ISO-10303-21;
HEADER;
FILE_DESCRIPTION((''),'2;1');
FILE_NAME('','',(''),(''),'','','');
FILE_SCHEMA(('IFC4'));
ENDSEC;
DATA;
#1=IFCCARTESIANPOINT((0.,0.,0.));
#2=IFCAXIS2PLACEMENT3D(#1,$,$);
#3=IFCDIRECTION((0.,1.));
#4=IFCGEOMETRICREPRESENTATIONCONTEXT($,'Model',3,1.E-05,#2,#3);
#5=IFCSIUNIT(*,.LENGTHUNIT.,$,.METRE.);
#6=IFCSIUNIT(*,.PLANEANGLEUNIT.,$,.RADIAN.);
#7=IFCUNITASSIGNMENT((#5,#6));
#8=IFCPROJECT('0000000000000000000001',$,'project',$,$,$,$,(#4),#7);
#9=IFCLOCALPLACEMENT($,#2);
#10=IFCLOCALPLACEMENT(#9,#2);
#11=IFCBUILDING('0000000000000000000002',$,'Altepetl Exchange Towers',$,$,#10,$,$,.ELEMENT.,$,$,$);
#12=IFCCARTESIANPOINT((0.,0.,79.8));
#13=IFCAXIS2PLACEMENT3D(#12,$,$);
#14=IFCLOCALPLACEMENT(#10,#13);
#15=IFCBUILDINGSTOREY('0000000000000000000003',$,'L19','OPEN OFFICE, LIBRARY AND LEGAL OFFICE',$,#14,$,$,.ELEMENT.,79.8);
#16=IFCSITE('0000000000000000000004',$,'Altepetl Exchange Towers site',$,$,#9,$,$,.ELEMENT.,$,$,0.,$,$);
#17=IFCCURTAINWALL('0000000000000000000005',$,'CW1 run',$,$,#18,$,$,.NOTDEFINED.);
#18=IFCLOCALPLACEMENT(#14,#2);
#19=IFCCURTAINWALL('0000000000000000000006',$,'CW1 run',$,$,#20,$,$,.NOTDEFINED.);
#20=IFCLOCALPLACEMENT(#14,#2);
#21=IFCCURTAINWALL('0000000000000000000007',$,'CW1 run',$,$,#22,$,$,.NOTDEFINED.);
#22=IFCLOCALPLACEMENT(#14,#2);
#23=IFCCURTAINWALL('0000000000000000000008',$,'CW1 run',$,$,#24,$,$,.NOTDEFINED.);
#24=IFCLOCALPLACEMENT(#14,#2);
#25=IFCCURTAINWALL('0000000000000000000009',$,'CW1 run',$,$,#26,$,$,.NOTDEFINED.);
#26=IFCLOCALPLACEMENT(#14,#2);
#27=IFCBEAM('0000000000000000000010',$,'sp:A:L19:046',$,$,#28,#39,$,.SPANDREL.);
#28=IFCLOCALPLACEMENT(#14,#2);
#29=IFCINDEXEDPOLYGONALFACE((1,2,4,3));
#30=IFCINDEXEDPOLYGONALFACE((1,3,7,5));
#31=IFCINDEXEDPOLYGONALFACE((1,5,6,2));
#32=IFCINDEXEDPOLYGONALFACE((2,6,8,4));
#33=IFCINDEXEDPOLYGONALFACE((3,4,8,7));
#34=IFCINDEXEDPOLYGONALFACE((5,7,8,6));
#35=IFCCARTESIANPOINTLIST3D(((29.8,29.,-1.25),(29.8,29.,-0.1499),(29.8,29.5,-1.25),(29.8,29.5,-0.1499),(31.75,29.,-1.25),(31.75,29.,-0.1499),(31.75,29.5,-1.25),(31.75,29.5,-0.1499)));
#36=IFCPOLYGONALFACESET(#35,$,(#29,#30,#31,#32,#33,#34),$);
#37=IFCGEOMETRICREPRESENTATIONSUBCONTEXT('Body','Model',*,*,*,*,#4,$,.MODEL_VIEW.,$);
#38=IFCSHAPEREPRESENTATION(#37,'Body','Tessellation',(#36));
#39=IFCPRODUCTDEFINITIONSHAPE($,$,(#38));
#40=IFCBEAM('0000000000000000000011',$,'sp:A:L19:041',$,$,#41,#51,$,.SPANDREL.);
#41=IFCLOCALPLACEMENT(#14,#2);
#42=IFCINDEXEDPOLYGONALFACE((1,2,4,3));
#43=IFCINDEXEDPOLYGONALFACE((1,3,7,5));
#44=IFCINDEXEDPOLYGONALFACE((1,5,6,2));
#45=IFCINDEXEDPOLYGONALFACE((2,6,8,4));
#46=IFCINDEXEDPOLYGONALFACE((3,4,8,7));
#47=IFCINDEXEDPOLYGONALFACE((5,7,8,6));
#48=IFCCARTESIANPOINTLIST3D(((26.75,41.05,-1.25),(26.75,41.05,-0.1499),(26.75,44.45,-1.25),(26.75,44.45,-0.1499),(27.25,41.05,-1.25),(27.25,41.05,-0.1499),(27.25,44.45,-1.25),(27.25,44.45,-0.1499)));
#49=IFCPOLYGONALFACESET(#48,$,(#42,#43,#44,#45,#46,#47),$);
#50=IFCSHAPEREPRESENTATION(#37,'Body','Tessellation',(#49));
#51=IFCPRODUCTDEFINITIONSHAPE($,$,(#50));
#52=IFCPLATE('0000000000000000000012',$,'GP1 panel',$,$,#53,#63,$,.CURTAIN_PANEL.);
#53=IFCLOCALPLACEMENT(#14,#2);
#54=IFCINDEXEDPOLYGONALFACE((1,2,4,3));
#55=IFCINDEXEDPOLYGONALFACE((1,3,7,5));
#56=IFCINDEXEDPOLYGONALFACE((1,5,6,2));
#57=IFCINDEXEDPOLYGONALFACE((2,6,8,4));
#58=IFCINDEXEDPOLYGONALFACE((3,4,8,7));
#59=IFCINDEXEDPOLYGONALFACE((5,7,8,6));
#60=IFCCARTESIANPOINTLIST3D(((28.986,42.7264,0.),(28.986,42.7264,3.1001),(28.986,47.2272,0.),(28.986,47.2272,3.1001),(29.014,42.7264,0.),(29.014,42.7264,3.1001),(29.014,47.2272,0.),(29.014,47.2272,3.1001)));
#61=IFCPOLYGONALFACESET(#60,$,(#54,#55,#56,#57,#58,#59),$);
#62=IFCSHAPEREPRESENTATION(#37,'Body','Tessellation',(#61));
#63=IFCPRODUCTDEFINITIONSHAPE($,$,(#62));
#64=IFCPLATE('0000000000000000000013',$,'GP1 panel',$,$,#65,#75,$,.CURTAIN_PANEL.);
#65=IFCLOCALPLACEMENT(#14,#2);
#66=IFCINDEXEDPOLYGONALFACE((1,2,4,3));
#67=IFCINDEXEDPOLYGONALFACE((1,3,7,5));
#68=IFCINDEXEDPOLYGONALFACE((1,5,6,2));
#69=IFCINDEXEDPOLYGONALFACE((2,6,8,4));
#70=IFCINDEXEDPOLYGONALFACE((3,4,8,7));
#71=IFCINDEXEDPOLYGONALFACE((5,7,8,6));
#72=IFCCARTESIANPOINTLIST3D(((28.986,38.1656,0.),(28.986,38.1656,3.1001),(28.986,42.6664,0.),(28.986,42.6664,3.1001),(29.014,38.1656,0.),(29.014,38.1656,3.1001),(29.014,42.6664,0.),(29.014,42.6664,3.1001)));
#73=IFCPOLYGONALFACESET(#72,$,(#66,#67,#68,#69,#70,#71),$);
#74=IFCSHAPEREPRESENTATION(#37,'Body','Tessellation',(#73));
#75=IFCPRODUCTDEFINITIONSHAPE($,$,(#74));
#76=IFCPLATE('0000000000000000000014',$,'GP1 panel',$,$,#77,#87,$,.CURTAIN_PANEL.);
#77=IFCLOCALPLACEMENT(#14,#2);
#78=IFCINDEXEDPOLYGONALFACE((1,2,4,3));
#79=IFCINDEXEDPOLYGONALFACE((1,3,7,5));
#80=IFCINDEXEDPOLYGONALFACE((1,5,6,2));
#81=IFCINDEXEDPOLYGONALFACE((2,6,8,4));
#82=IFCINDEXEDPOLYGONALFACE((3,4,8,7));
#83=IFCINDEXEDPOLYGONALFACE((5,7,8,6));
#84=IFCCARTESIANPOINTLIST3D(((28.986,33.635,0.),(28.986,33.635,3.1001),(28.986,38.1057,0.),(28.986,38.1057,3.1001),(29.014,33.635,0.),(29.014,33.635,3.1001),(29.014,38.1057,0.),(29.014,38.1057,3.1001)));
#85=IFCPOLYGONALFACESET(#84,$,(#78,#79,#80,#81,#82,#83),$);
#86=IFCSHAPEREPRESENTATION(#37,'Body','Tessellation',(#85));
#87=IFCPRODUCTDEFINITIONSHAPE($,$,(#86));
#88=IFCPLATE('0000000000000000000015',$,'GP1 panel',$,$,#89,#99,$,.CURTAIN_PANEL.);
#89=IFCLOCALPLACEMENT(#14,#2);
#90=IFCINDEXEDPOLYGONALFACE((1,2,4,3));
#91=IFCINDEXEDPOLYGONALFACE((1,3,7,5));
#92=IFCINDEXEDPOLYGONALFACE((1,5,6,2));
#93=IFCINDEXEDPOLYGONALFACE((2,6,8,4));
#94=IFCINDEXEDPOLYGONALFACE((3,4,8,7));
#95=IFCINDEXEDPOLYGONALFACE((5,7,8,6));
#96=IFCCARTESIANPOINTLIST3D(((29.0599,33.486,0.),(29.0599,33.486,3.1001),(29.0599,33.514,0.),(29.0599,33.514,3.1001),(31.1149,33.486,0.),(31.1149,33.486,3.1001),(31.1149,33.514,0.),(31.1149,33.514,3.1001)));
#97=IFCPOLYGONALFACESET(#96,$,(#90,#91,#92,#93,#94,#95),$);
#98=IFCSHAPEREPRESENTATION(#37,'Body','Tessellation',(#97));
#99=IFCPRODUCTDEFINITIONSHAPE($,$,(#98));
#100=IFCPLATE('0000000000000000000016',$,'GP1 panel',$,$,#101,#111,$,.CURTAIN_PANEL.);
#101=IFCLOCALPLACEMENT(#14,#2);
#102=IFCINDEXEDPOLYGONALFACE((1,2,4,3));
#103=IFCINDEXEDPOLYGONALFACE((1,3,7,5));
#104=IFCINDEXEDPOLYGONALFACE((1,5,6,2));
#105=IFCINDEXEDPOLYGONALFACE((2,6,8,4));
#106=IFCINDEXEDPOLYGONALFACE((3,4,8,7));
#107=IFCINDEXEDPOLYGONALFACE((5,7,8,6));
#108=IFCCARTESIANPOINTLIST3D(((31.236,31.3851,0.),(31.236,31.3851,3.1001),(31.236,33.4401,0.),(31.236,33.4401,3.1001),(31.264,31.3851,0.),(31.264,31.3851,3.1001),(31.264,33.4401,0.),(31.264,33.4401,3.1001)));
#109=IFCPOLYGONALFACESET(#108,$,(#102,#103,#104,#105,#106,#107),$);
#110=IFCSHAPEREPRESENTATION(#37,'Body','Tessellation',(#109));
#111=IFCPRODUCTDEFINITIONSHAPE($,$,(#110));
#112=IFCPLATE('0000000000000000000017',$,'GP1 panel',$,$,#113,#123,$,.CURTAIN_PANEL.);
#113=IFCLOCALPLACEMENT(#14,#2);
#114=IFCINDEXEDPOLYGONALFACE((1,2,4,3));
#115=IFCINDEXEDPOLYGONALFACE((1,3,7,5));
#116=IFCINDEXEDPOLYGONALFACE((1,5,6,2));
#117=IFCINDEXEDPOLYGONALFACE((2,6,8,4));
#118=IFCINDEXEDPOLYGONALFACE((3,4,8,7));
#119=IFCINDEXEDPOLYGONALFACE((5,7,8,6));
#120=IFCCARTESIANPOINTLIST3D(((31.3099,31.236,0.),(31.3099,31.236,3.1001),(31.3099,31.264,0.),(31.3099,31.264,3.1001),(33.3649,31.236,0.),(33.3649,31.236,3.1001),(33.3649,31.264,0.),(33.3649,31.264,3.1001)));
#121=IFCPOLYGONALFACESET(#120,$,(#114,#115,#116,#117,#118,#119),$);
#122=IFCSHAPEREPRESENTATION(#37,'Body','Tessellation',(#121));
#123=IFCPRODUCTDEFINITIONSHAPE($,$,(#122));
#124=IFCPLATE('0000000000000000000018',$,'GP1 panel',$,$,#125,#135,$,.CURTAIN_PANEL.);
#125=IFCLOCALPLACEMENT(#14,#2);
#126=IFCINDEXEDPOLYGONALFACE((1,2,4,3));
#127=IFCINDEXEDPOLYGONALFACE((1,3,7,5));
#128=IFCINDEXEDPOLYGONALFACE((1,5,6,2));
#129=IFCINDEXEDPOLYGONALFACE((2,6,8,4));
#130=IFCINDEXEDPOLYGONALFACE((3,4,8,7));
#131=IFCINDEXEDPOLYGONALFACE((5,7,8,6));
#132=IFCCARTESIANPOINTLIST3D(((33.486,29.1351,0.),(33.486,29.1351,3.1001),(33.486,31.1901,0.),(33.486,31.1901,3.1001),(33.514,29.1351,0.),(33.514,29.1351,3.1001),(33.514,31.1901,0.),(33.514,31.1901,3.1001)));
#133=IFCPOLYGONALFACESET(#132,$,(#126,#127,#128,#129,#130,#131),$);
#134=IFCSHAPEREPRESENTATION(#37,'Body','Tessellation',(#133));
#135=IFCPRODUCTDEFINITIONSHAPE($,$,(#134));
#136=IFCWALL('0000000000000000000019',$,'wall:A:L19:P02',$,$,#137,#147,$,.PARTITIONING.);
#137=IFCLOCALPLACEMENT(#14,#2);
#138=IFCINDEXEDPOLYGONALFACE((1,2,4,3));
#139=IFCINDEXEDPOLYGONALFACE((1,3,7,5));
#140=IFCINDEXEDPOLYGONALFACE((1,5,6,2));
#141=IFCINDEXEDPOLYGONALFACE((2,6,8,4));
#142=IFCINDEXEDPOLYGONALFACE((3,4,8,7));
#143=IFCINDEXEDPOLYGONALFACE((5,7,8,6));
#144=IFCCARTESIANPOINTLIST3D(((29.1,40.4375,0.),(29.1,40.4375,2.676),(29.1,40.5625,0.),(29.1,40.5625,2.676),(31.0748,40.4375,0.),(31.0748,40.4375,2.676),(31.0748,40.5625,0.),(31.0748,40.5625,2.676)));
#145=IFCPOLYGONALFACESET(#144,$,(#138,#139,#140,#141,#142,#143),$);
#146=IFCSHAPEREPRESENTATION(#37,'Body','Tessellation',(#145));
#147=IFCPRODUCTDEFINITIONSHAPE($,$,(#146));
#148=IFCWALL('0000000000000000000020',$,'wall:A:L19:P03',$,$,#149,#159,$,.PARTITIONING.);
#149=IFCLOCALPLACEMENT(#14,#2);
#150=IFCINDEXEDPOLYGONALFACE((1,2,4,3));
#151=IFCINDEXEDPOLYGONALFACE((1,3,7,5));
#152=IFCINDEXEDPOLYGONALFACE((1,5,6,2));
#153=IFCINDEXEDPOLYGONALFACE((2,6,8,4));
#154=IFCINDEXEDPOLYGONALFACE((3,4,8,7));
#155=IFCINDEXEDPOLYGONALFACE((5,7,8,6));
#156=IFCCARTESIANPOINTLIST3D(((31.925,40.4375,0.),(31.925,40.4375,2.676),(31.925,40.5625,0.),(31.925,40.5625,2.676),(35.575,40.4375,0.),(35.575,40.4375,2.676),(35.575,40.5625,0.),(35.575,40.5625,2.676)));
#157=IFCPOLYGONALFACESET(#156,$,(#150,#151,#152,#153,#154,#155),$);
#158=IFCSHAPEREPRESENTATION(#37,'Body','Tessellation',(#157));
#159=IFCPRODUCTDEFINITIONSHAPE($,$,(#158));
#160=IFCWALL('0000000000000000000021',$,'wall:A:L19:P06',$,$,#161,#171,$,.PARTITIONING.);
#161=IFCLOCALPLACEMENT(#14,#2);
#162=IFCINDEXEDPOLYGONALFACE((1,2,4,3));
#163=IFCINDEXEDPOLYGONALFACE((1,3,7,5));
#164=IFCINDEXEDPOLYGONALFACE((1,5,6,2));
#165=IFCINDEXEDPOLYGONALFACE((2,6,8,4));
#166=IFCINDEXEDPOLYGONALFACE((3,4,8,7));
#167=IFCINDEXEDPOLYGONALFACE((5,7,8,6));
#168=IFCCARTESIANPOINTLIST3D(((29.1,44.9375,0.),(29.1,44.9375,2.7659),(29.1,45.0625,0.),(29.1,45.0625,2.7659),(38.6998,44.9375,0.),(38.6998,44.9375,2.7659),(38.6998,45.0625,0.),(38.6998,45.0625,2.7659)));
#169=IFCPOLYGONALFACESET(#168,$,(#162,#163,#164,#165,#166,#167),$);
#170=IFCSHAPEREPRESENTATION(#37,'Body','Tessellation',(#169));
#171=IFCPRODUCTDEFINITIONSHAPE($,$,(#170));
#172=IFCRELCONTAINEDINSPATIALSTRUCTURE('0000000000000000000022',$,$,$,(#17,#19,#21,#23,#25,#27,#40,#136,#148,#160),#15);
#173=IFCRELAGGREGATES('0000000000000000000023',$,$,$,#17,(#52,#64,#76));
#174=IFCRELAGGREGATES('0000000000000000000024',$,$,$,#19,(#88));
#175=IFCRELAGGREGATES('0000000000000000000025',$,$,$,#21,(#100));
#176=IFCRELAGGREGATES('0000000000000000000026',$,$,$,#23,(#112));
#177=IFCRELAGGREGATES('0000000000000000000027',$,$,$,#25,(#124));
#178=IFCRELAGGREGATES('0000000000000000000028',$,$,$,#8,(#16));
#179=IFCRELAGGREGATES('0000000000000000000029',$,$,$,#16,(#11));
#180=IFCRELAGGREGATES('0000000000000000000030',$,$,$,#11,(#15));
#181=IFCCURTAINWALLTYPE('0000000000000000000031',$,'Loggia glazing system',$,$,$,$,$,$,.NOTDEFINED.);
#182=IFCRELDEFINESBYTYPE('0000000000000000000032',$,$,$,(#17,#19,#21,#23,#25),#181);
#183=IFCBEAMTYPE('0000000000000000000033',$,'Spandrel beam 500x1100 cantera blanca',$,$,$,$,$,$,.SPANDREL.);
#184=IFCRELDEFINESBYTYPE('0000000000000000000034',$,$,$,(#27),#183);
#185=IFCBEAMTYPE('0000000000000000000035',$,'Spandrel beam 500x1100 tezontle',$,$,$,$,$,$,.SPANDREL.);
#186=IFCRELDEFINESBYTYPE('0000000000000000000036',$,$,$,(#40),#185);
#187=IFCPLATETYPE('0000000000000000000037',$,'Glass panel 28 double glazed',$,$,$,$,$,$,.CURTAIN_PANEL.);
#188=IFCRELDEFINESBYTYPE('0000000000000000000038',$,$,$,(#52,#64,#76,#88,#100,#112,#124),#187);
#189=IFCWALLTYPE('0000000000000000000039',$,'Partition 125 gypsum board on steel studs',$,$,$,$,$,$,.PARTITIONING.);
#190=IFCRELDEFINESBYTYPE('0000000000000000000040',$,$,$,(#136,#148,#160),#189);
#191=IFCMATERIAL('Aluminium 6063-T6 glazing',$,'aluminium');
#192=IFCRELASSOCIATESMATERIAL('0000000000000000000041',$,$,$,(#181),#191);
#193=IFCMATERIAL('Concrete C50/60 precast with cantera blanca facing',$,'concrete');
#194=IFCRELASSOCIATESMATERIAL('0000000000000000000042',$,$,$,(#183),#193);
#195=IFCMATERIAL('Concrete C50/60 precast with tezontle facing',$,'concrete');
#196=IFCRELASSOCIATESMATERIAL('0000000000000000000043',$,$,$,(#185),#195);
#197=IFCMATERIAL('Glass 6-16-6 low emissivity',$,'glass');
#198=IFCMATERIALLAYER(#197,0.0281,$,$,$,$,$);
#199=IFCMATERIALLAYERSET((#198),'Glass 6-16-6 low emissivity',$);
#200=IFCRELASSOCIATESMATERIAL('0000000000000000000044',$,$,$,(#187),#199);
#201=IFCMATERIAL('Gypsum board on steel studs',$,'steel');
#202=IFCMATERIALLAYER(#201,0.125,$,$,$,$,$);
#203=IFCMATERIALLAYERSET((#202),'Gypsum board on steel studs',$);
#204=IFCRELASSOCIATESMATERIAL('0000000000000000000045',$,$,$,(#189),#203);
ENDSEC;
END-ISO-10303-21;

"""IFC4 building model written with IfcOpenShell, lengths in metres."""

from ifc_helpers import new_model, si_unit, direction, frame, frame_2d, origin, origin_2d, place, context, subcontext, project, spatial, rectangle, extrude, material, layer, layer_set, material_profile, profile_set, type_object, element, aggregate, save


model = new_model("IFC4")

# Units and contexts
model_context = context("Model", 3, precision=1e-05, world=origin(), true_north=direction((0.0, 1.0)))
body_context = subcontext(model_context, "Body", "Model", "MODEL_VIEW")
ifc_project = project(units=[si_unit("LENGTHUNIT", "METRE"), si_unit("PLANEANGLEUNIT", "RADIAN")], contexts=[model_context])

# Site, building, storey
site_placement = place(None, origin())
site = spatial("IfcSite", under=ifc_project, at=site_placement, Name="Altepetl Exchange Towers site", CompositionType="ELEMENT", RefElevation=0.0)
building_placement = place(site_placement, origin())
building = spatial("IfcBuilding", under=site, at=building_placement, Name="Altepetl Exchange Towers", CompositionType="ELEMENT")
storey_placement = place(building_placement, frame((0.0, 0.0, 79.8)))
storey = spatial("IfcBuildingStorey", under=building, at=storey_placement, Name="L19", Description="OPEN OFFICE, LIBRARY AND LEGAL OFFICE", CompositionType="ELEMENT", Elevation=79.8)

# Curtain walls
ifc_material_1 = material(Name="Aluminium 6063-T6 glazing", Category="aluminium")
curtain_wall_type = type_object("IfcCurtainWallType", Name="Loggia glazing system", PredefinedType="NOTDEFINED", material=ifc_material_1)
curtain_wall_1_placement = place(storey_placement, origin())
curtain_wall_1 = element("IfcCurtainWall", 1, at=curtain_wall_1_placement, inside=storey, type_object=curtain_wall_type, Name="CW1 run", PredefinedType="NOTDEFINED")
curtain_wall_2_placement = place(storey_placement, origin())
curtain_wall_2 = element("IfcCurtainWall", 2, at=curtain_wall_2_placement, inside=storey, type_object=curtain_wall_type, Name="CW1 run", PredefinedType="NOTDEFINED")
curtain_wall_3_placement = place(storey_placement, origin())
curtain_wall_3 = element("IfcCurtainWall", 3, at=curtain_wall_3_placement, inside=storey, type_object=curtain_wall_type, Name="CW1 run", PredefinedType="NOTDEFINED")
curtain_wall_4_placement = place(storey_placement, origin())
curtain_wall_4 = element("IfcCurtainWall", 4, at=curtain_wall_4_placement, inside=storey, type_object=curtain_wall_type, Name="CW1 run", PredefinedType="NOTDEFINED")

# Curtain wall
curtain_wall_5_placement = place(storey_placement, origin())
curtain_wall_5 = element("IfcCurtainWall", 5, at=curtain_wall_5_placement, inside=storey, type_object=curtain_wall_type, Name="CW1 run", PredefinedType="NOTDEFINED")

# Beams
ifc_material_2 = material(Name="Concrete C50/60 precast with cantera blanca facing", Category="concrete")
ifc_material_profile_1 = material_profile(ifc_material_2, rectangle(XDim=0.5, YDim=1.1001, at=origin_2d()), Name="500 x 1100")
ifc_profile_set_1 = profile_set([ifc_material_profile_1], Name="Concrete C50/60 precast with cantera blanca facing")
beam_type_1 = type_object("IfcBeamType", Name="Spandrel beam 500x1100 cantera blanca", PredefinedType="SPANDREL", material=ifc_profile_set_1)
beam_1_placement = place(storey_placement, frame((29.8, 29.25, -0.7), z_axis=(1.0, 0.0, 0.0), x_axis=(0.0, 1.0, 0.0)))
element("IfcBeam", 6, at=beam_1_placement, inside=storey, type_object=beam_type_1, Name="sp:A:L19:046", PredefinedType="SPANDREL", context=body_context, shape_type="SweptSolid", body=[
    extrude(rectangle(XDim=0.5, YDim=1.1001, at=origin_2d()), origin(), (0.0, 0.0, 1.0), 1.95),
])
ifc_material_3 = material(Name="Concrete C50/60 precast with tezontle facing", Category="concrete")
ifc_material_profile_2 = material_profile(ifc_material_3, rectangle(XDim=0.5, YDim=1.1001, at=origin_2d()), Name="500 x 1100")
ifc_profile_set_2 = profile_set([ifc_material_profile_2], Name="Concrete C50/60 precast with tezontle facing")
beam_type_2 = type_object("IfcBeamType", Name="Spandrel beam 500x1100 tezontle", PredefinedType="SPANDREL", material=ifc_profile_set_2)
beam_2_placement = place(storey_placement, frame((27.0, 44.45, -0.7), z_axis=(0.0, -1.0, 0.0), x_axis=(1.0, 0.0, 0.0)))
element("IfcBeam", 7, at=beam_2_placement, inside=storey, type_object=beam_type_2, Name="sp:A:L19:041", PredefinedType="SPANDREL", context=body_context, shape_type="SweptSolid", body=[
    extrude(rectangle(XDim=0.5, YDim=1.1001, at=origin_2d()), origin(), (0.0, 0.0, 1.0), 3.3999),
])

# Plates
ifc_material_4 = material(Name="Glass 6-16-6 low emissivity", Category="glass")
ifc_layer_1 = layer(ifc_material_4, 0.0281)
ifc_layer_set_1 = layer_set([ifc_layer_1], Name="Glass 6-16-6 low emissivity")
plate_type = type_object("IfcPlateType", Name="Glass panel 28 double glazed", PredefinedType="CURTAIN_PANEL", material=ifc_layer_set_1)
plate_1_placement = place(storey_placement, frame((29.0, 44.9768, 0.0), z_axis=(0.0, 0.0, 1.0), x_axis=(0.0, -1.0, 0.0)))
plate_1 = element("IfcPlate", 8, at=plate_1_placement, type_object=plate_type, Name="GP1 panel", PredefinedType="CURTAIN_PANEL", context=body_context, shape_type="SweptSolid", body=[
    extrude(rectangle(XDim=4.5007, YDim=0.0281, at=origin_2d()), origin(), (0.0, 0.0, 1.0), 3.1001),
])
plate_2_placement = place(storey_placement, frame((29.0, 40.416, 0.0), z_axis=(0.0, 0.0, 1.0), x_axis=(0.0, -1.0, 0.0)))
plate_2 = element("IfcPlate", 9, at=plate_2_placement, type_object=plate_type, Name="GP1 panel", PredefinedType="CURTAIN_PANEL", context=body_context, shape_type="SweptSolid", body=[
    extrude(rectangle(XDim=4.5007, YDim=0.0281, at=origin_2d()), origin(), (0.0, 0.0, 1.0), 3.1001),
])
plate_3_placement = place(storey_placement, frame((29.0, 35.8704, 0.0), z_axis=(0.0, 0.0, 1.0), x_axis=(0.0, -1.0, 0.0)))
plate_3 = element("IfcPlate", 10, at=plate_3_placement, type_object=plate_type, Name="GP1 panel", PredefinedType="CURTAIN_PANEL", context=body_context, shape_type="SweptSolid", body=[
    extrude(rectangle(XDim=4.4707, YDim=0.0281, at=origin_2d()), origin(), (0.0, 0.0, 1.0), 3.1001),
])
aggregate(curtain_wall_1, [plate_1, plate_2, plate_3])
plate_4_placement = place(storey_placement, frame((30.0874, 33.5, 0.0)))
plate_4 = element("IfcPlate", 11, at=plate_4_placement, type_object=plate_type, Name="GP1 panel", PredefinedType="CURTAIN_PANEL", context=body_context, shape_type="SweptSolid", body=[
    extrude(rectangle(XDim=2.0549, YDim=0.0281, at=origin_2d()), origin(), (0.0, 0.0, 1.0), 3.1001),
])
aggregate(curtain_wall_2, [plate_4])
plate_5_placement = place(storey_placement, frame((31.25, 32.4126, 0.0), z_axis=(0.0, 0.0, 1.0), x_axis=(0.0, -1.0, 0.0)))
plate_5 = element("IfcPlate", 12, at=plate_5_placement, type_object=plate_type, Name="GP1 panel", PredefinedType="CURTAIN_PANEL", context=body_context, shape_type="SweptSolid", body=[
    extrude(rectangle(XDim=2.0549, YDim=0.0281, at=origin_2d()), origin(), (0.0, 0.0, 1.0), 3.1001),
])
aggregate(curtain_wall_3, [plate_5])
plate_6_placement = place(storey_placement, frame((32.3374, 31.25, 0.0)))
plate_6 = element("IfcPlate", 13, at=plate_6_placement, type_object=plate_type, Name="GP1 panel", PredefinedType="CURTAIN_PANEL", context=body_context, shape_type="SweptSolid", body=[
    extrude(rectangle(XDim=2.0549, YDim=0.0281, at=origin_2d()), origin(), (0.0, 0.0, 1.0), 3.1001),
])
aggregate(curtain_wall_4, [plate_6])
plate_7_placement = place(storey_placement, frame((33.5, 30.1626, 0.0), z_axis=(0.0, 0.0, 1.0), x_axis=(0.0, -1.0, 0.0)))
plate_7 = element("IfcPlate", 14, at=plate_7_placement, type_object=plate_type, Name="GP1 panel", PredefinedType="CURTAIN_PANEL", context=body_context, shape_type="SweptSolid", body=[
    extrude(rectangle(XDim=2.0549, YDim=0.0281, at=origin_2d()), origin(), (0.0, 0.0, 1.0), 3.1001),
])
aggregate(curtain_wall_5, [plate_7])

# Walls
ifc_material_5 = material(Name="Gypsum board on steel studs", Category="steel")
ifc_layer_2 = layer(ifc_material_5, 0.125)
ifc_layer_set_2 = layer_set([ifc_layer_2], Name="Gypsum board on steel studs")
wall_type = type_object("IfcWallType", Name="Partition 125 gypsum board on steel studs", PredefinedType="PARTITIONING", material=ifc_layer_set_2)
wall_1_placement = place(storey_placement, frame((29.1001, 40.5, 0.0)))
element("IfcWall", 15, at=wall_1_placement, inside=storey, type_object=wall_type, Name="wall:A:L19:P02", PredefinedType="PARTITIONING", context=body_context, shape_type="SweptSolid", body=[
    extrude(rectangle(XDim=1.9749, YDim=0.125, at=frame_2d((0.9873, 0.0))), origin(), (0.0, 0.0, 1.0), 2.676),
])
wall_2_placement = place(storey_placement, frame((31.925, 40.5, 0.0)))
element("IfcWall", 16, at=wall_2_placement, inside=storey, type_object=wall_type, Name="wall:A:L19:P03", PredefinedType="PARTITIONING", context=body_context, shape_type="SweptSolid", body=[
    extrude(rectangle(XDim=3.6499, YDim=0.125, at=frame_2d((1.825, 0.0))), origin(), (0.0, 0.0, 1.0), 2.676),
])
wall_3_placement = place(storey_placement, frame((29.1001, 45.0, 0.0)))
element("IfcWall", 17, at=wall_3_placement, inside=storey, type_object=wall_type, Name="wall:A:L19:P06", PredefinedType="PARTITIONING", context=body_context, shape_type="SweptSolid", body=[
    extrude(rectangle(XDim=9.5999, YDim=0.125, at=frame_2d((4.7998, 0.0))), origin(), (0.0, 0.0, 1.0), 2.7659),
])

save(model, "model.ifc")
